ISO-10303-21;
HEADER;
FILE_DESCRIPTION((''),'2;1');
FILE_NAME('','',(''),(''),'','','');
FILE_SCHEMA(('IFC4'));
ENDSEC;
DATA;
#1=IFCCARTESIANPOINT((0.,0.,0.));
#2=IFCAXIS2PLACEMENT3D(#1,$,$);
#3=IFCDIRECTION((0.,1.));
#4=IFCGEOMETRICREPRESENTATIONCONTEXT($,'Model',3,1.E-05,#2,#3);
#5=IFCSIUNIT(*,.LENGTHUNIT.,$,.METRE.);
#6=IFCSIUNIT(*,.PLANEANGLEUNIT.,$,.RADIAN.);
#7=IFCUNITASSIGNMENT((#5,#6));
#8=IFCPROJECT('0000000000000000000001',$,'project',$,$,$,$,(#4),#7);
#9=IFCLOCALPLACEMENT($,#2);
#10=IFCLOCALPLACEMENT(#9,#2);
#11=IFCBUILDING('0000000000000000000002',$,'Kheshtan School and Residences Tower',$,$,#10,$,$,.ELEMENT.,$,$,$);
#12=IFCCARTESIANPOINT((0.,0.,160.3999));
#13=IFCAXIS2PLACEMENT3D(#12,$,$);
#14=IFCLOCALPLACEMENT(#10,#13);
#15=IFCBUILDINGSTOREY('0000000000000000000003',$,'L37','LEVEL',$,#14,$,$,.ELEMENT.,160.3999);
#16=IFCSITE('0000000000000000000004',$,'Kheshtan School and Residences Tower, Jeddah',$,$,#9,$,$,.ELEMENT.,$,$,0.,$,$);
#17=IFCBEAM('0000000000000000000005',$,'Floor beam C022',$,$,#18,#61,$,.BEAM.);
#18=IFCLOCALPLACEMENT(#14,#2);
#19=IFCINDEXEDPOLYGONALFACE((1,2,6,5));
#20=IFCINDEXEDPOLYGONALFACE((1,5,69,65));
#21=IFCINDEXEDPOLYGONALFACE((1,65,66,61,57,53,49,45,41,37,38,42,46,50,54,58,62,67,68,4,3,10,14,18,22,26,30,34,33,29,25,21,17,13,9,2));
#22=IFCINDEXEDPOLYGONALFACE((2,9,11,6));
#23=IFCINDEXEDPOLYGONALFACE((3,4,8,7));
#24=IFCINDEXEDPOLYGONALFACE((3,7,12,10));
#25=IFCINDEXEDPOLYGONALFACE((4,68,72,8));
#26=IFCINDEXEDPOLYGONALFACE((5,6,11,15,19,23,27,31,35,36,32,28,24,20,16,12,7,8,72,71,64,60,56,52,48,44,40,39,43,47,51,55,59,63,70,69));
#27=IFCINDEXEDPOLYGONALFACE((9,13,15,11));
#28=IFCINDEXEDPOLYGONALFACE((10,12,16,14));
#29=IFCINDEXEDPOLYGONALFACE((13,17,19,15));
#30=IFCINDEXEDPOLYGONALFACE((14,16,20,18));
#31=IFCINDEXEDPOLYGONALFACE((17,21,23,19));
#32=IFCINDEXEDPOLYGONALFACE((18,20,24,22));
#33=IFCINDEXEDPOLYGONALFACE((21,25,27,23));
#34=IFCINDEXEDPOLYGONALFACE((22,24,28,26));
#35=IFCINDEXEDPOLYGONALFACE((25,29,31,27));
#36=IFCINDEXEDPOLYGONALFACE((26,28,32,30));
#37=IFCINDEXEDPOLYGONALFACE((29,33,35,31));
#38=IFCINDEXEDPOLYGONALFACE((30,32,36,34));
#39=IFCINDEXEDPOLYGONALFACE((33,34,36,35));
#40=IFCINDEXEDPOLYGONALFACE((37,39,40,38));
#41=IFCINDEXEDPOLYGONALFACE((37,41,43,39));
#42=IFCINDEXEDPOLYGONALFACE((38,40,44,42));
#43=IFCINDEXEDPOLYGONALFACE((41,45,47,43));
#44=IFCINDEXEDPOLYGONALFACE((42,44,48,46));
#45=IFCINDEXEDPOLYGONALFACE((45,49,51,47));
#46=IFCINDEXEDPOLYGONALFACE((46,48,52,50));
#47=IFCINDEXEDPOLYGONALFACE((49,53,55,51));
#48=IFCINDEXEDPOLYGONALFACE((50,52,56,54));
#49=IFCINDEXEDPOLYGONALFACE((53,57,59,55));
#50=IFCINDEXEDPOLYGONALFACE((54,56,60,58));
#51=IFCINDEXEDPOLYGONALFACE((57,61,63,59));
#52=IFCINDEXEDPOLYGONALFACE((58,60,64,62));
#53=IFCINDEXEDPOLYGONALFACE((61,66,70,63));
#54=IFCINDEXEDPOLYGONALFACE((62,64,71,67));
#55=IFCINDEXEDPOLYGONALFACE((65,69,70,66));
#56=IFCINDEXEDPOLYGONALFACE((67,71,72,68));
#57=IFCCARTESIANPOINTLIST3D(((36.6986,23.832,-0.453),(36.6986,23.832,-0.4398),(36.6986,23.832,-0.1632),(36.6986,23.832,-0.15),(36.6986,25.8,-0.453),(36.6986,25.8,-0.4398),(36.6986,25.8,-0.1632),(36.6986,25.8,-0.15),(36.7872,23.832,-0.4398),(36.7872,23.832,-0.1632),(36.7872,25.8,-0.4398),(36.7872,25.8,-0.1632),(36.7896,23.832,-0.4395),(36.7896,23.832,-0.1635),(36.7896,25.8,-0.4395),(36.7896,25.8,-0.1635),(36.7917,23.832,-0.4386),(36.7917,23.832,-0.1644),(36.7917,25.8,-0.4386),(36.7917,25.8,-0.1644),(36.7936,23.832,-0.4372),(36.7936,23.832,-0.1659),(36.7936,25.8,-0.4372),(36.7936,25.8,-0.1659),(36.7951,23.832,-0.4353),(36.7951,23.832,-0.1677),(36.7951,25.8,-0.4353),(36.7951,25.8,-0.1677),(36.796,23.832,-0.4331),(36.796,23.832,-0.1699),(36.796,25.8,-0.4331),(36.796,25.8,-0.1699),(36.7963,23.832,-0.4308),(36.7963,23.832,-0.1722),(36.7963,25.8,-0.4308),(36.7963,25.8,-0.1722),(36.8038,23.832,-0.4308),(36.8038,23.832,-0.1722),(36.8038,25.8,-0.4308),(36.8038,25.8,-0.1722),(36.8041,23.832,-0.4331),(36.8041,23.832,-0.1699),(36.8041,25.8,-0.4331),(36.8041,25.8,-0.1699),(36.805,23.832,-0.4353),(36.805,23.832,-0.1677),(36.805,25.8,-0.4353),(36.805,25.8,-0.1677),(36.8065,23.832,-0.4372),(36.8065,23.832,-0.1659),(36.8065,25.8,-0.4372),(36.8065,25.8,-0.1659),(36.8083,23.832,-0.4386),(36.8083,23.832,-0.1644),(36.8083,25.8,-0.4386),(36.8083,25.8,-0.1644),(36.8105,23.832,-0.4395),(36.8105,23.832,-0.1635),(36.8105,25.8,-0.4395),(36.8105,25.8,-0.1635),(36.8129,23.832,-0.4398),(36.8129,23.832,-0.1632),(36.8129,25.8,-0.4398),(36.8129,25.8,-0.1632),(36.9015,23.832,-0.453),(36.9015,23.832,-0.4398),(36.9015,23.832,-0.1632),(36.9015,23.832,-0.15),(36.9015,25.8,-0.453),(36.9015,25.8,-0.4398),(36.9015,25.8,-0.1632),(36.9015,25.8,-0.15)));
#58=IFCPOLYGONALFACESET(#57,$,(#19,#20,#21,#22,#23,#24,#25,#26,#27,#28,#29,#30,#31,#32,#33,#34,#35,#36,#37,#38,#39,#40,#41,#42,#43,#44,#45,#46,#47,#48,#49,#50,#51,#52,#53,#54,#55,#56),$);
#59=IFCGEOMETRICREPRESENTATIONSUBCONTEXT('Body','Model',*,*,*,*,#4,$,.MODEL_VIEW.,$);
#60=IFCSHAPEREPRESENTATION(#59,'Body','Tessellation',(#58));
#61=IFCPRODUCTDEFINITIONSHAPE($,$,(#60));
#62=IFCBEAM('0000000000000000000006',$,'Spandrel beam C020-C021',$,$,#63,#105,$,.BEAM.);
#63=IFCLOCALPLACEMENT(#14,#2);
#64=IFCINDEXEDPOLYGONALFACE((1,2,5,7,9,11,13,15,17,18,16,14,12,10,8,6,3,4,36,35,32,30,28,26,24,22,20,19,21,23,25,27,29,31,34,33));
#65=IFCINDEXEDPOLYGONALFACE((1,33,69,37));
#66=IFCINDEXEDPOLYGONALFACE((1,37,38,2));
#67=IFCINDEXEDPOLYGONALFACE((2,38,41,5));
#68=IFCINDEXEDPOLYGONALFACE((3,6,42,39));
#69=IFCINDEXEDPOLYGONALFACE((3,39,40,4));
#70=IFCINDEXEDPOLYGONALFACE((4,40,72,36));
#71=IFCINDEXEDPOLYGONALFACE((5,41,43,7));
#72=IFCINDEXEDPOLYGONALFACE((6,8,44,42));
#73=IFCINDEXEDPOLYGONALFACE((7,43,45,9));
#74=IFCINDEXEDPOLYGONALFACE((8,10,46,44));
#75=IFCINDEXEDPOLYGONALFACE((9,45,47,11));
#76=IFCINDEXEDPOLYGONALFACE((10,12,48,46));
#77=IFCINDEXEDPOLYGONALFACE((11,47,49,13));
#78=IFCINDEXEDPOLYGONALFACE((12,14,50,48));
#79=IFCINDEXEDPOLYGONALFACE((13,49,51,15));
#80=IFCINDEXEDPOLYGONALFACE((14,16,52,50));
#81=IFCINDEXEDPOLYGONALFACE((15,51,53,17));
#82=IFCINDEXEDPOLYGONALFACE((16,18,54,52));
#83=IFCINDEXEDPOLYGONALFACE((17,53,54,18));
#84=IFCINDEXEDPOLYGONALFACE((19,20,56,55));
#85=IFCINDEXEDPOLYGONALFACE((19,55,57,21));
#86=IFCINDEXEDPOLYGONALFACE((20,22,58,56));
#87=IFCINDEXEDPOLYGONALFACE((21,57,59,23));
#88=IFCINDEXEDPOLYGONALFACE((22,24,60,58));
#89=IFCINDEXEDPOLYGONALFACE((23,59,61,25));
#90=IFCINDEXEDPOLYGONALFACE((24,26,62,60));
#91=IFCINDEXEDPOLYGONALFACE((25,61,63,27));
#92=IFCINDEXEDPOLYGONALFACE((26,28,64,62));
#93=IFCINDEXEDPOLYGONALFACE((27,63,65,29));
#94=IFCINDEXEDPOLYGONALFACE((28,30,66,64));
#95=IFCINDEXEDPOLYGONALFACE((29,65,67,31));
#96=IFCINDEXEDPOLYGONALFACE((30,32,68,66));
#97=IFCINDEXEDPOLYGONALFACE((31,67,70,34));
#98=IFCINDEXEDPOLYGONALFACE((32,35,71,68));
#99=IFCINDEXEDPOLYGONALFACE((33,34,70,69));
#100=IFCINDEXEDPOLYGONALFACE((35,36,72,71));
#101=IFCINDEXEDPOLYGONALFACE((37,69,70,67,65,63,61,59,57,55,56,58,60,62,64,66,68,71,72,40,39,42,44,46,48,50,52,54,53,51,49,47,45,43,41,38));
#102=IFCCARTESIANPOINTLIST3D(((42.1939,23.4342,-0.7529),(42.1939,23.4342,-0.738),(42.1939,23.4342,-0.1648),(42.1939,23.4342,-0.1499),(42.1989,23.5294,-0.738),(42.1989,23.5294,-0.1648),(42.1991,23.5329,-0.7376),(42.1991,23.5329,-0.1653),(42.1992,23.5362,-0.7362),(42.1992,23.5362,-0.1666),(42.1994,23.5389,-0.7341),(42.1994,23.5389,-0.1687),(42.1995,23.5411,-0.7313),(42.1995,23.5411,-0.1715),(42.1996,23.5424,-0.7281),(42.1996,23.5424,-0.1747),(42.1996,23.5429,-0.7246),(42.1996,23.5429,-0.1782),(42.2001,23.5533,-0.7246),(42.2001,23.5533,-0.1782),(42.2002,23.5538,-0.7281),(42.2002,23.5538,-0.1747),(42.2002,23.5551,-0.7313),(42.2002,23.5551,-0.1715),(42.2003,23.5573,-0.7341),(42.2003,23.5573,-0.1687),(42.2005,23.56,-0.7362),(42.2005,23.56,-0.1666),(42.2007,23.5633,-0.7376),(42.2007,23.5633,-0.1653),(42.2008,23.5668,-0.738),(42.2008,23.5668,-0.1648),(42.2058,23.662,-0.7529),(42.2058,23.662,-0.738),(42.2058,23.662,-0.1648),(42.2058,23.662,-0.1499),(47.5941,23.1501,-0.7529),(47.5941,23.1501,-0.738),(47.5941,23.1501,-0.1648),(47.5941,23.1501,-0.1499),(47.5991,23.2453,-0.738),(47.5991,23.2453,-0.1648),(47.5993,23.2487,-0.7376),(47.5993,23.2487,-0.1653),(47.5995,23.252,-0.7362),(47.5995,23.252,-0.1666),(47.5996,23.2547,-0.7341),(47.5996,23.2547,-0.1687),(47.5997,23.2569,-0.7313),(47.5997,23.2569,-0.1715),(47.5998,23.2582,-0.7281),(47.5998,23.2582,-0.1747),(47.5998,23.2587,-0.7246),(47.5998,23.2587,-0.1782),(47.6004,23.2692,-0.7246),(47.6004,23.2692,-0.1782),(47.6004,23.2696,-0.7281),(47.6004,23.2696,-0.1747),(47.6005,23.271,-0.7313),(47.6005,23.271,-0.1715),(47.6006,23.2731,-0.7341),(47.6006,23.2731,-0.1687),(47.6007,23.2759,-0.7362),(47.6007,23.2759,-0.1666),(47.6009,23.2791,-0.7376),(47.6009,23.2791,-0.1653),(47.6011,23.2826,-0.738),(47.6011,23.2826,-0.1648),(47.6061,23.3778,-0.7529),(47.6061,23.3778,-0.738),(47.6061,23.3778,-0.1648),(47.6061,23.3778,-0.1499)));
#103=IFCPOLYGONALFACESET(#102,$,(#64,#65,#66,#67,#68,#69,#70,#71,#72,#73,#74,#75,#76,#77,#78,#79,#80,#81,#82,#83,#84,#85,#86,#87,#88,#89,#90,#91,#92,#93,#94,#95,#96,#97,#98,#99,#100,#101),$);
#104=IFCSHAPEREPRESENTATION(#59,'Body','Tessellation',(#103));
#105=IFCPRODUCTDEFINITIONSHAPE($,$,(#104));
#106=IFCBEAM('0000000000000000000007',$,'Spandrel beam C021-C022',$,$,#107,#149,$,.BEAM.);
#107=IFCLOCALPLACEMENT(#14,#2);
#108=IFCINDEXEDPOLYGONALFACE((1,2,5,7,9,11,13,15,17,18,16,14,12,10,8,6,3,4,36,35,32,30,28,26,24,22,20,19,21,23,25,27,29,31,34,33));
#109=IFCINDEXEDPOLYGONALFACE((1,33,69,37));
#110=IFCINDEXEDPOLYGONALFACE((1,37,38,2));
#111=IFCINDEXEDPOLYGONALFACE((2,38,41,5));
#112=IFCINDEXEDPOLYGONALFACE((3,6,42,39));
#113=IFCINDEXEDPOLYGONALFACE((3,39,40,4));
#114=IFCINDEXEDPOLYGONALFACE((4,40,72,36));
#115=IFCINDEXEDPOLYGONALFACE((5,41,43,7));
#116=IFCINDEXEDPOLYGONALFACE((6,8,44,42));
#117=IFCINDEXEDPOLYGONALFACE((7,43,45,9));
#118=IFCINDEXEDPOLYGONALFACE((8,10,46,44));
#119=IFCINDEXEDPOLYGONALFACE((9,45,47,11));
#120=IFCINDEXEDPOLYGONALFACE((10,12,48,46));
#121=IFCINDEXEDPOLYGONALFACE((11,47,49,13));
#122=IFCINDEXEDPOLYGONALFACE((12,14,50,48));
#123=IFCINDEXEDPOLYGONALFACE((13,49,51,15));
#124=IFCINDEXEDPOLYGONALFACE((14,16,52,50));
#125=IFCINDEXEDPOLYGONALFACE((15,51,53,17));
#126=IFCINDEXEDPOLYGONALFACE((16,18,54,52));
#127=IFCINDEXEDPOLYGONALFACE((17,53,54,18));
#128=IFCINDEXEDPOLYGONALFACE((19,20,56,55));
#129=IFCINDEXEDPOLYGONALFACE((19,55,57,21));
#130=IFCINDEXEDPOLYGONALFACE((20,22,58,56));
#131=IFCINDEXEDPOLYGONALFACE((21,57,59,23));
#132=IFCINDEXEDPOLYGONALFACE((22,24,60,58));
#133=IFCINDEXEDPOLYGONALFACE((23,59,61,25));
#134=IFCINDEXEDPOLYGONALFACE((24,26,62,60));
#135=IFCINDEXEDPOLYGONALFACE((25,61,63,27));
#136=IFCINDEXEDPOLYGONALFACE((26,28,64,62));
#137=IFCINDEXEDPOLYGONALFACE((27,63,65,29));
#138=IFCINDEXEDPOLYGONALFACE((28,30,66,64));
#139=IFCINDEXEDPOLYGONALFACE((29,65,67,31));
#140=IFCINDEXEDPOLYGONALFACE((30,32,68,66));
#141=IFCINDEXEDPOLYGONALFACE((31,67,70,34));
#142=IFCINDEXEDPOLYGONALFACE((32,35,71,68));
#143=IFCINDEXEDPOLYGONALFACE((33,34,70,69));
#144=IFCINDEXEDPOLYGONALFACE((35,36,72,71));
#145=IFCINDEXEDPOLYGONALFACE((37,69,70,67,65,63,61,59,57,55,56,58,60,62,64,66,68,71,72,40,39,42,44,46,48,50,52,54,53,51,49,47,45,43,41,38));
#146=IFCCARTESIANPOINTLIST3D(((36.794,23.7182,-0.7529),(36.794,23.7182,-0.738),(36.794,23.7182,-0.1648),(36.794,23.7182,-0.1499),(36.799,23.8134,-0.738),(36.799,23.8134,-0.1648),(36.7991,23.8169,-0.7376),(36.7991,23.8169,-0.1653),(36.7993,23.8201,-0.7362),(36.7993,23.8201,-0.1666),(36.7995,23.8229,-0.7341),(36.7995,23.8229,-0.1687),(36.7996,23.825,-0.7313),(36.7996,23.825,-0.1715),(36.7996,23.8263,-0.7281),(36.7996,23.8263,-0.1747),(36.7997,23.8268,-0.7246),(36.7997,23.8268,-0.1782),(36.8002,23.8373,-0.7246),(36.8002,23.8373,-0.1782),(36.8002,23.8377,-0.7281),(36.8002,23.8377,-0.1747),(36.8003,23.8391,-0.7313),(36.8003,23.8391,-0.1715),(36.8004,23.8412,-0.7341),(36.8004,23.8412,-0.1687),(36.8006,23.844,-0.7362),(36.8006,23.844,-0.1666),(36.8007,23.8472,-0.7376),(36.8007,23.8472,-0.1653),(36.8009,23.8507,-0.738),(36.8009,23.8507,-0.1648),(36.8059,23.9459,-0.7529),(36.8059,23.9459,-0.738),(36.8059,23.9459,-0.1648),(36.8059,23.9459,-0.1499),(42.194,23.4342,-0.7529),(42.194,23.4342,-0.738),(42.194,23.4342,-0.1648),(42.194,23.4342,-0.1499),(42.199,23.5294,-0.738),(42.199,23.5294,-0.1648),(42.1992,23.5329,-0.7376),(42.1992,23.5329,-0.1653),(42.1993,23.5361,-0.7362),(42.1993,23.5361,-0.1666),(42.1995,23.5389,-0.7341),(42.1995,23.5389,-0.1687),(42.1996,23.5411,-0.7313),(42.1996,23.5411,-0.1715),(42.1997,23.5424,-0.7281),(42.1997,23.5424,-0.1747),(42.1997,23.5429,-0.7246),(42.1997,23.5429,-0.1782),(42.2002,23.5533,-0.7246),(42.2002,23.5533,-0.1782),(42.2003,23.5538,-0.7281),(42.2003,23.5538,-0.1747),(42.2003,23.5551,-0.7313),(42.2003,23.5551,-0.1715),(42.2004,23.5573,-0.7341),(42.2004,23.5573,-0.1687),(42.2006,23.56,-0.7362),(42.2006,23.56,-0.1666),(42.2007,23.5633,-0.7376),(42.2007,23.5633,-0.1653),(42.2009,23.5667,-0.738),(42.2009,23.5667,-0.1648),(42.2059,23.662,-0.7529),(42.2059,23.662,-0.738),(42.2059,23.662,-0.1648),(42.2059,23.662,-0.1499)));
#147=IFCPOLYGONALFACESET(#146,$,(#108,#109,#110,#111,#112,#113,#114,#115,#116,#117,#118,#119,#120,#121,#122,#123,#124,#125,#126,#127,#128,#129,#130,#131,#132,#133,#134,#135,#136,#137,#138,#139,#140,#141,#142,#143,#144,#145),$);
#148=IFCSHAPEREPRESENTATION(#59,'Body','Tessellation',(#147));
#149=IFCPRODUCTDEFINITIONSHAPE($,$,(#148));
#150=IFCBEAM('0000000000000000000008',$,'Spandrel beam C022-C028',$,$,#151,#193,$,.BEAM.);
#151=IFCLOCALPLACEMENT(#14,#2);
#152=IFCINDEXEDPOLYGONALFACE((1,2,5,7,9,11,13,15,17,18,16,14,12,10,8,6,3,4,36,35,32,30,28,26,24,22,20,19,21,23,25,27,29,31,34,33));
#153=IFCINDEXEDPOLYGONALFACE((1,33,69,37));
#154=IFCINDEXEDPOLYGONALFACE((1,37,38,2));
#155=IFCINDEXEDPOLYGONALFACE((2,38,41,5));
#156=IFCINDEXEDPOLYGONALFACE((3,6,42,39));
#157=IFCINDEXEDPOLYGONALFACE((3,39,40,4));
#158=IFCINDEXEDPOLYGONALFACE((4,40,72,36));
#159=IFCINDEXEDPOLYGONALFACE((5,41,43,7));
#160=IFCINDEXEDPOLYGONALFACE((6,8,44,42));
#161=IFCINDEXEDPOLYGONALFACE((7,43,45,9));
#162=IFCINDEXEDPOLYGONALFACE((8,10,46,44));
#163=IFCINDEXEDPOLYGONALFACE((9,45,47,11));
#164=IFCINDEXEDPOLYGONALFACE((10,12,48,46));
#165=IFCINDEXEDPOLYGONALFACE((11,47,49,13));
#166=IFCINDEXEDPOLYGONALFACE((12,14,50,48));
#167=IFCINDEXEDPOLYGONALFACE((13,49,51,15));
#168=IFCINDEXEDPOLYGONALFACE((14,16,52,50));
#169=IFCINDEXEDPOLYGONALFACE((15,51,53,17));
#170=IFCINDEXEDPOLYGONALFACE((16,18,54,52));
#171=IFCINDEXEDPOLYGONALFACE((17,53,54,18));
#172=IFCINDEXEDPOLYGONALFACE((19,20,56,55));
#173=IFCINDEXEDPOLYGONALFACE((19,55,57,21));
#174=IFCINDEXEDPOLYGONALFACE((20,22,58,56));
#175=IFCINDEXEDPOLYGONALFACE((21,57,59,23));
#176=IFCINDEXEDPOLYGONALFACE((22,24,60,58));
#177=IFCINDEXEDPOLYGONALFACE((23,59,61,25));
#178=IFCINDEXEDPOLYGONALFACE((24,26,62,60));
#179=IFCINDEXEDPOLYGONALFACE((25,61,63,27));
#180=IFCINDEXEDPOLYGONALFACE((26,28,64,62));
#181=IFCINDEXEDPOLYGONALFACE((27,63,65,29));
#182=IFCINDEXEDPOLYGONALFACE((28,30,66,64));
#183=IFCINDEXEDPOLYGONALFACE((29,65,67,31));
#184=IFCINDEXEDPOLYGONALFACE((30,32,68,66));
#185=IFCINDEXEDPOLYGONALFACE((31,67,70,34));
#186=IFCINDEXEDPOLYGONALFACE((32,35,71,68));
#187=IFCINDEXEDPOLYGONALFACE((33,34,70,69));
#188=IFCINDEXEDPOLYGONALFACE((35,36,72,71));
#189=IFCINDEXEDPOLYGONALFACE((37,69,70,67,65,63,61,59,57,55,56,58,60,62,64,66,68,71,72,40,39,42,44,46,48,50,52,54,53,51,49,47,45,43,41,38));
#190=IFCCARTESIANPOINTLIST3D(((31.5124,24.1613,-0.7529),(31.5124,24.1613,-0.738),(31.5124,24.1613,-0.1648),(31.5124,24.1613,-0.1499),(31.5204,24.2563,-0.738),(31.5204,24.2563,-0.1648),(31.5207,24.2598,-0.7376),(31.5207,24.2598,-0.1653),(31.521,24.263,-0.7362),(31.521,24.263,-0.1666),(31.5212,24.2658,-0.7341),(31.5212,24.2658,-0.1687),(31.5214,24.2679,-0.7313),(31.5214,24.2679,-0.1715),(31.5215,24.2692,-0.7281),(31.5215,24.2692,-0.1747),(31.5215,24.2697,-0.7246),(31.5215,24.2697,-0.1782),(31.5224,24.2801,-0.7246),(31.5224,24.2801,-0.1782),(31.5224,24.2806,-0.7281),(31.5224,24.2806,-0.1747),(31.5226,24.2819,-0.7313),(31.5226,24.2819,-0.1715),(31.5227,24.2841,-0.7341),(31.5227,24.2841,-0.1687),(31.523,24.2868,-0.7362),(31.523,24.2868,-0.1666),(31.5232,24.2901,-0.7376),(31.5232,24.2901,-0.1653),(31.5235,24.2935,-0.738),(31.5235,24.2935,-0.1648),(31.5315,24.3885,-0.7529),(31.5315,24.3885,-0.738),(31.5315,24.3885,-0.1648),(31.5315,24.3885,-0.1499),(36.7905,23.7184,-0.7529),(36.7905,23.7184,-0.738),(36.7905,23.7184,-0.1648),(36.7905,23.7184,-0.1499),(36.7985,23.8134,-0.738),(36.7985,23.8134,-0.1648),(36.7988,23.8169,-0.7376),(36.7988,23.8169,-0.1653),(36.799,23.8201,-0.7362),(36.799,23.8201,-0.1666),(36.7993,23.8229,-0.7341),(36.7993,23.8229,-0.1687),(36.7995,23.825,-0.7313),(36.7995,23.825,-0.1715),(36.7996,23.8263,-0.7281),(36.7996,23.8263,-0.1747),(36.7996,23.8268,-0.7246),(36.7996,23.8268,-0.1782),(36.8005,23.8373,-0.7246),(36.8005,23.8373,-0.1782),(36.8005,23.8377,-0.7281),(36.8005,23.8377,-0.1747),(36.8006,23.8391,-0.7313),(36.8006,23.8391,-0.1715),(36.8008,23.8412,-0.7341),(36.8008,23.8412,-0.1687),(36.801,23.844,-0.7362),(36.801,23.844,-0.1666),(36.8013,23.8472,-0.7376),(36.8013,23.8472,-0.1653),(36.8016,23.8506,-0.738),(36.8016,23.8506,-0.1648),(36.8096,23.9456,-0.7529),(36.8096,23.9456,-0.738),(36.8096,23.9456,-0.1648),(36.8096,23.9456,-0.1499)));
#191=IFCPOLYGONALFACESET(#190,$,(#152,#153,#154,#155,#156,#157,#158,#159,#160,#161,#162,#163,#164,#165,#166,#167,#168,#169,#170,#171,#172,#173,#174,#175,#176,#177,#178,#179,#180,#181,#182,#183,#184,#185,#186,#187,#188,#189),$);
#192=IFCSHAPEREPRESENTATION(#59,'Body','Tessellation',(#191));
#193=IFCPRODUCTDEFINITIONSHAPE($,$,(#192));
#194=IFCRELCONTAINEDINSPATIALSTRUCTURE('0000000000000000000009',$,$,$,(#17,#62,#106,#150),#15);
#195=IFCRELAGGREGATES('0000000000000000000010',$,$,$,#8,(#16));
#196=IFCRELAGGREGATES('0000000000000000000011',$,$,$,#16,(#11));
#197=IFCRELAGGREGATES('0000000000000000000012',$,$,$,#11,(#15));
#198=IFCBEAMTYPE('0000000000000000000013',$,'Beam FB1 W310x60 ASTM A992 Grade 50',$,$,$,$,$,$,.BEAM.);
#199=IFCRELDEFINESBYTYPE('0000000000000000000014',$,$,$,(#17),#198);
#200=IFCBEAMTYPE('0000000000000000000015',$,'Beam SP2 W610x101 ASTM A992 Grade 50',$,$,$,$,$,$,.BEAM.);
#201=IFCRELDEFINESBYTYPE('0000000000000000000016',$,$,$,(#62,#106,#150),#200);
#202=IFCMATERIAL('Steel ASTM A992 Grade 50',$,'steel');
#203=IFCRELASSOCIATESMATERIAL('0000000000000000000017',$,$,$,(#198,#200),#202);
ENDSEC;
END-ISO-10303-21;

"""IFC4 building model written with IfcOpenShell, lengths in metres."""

from ifc_helpers import new_model, si_unit, direction, frame, origin, origin_2d, place, context, subcontext, project, spatial, i_section, extrude, material, material_profile, profile_set, type_object, element, save


model = new_model("IFC4")

# Units and contexts
model_context = context("Model", 3, precision=1e-05, world=origin(), true_north=direction((0.0, 1.0)))
body_context = subcontext(model_context, "Body", "Model", "MODEL_VIEW")
ifc_project = project(units=[si_unit("LENGTHUNIT", "METRE"), si_unit("PLANEANGLEUNIT", "RADIAN")], contexts=[model_context])

# Site, building, storey
site_placement = place(None, origin())
site = spatial("IfcSite", under=ifc_project, at=site_placement, Name="Kheshtan School and Residences Tower, Jeddah", CompositionType="ELEMENT", RefElevation=0.0)
building_placement = place(site_placement, origin())
building = spatial("IfcBuilding", under=site, at=building_placement, Name="Kheshtan School and Residences Tower", CompositionType="ELEMENT")
storey_placement = place(building_placement, frame((0.0, 0.0, 160.3999)))
storey = spatial("IfcBuildingStorey", under=building, at=storey_placement, Name="L37", Description="LEVEL", CompositionType="ELEMENT", Elevation=160.3999)

# Shared definitions
ifc_material_1 = material(Name="Steel ASTM A992 Grade 50", Category="steel")

# Beams
ifc_material_profile_1 = material_profile(ifc_material_1, i_section(OverallWidth=0.2029, OverallDepth=0.303, WebThickness=0.0076, FlangeThickness=0.0132, FilletRadius=0.009, at=origin_2d()), Name="W310x60")
ifc_profile_set_1 = profile_set([ifc_material_profile_1], Name="Steel ASTM A992 Grade 50")
beam_type_1 = type_object("IfcBeamType", Name="Beam FB1 W310x60 ASTM A992 Grade 50", PredefinedType="BEAM", material=ifc_profile_set_1)
beam_1_placement = place(storey_placement, frame((36.8, 23.832, -0.3015), z_axis=(0.0, 1.0, 0.0), x_axis=(-1.0, 0.0, 0.0)))
element("IfcBeam", 1, at=beam_1_placement, inside=storey, type_object=beam_type_1, Name="Floor beam C022", PredefinedType="BEAM", context=body_context, shape_type="SweptSolid", body=[
    extrude(i_section(OverallWidth=0.2029, OverallDepth=0.303, WebThickness=0.0076, FlangeThickness=0.0132, FilletRadius=0.009, at=origin_2d()), origin(), (0.0, 0.0, 1.0), 1.968),
])
ifc_material_profile_2 = material_profile(ifc_material_1, i_section(OverallWidth=0.228, OverallDepth=0.603, WebThickness=0.0105, FlangeThickness=0.0149, FilletRadius=0.0134, at=origin_2d()), Name="W610x101")
ifc_profile_set_2 = profile_set([ifc_material_profile_2], Name="Steel ASTM A992 Grade 50")
beam_type_2 = type_object("IfcBeamType", Name="Beam SP2 W610x101 ASTM A992 Grade 50", PredefinedType="BEAM", material=ifc_profile_set_2)
beam_2_placement = place(storey_placement, frame((47.6001, 23.2639, -0.4514), z_axis=(-0.998618, 0.052552, 0.0), x_axis=(-0.052552, -0.998618, 0.0)))
element("IfcBeam", 2, at=beam_2_placement, inside=storey, type_object=beam_type_2, Name="Spandrel beam C020-C021", PredefinedType="BEAM", context=body_context, shape_type="SweptSolid", body=[
    extrude(i_section(OverallWidth=0.228, OverallDepth=0.603, WebThickness=0.0105, FlangeThickness=0.0149, FilletRadius=0.0134, at=origin_2d()), origin(), (0.0, 0.0, 1.0), 5.4077),
])
beam_3_placement = place(storey_placement, frame((42.2, 23.5481, -0.4514), z_axis=(-0.99862, 0.052509, 0.0), x_axis=(-0.052509, -0.99862, 0.0)))
element("IfcBeam", 3, at=beam_3_placement, inside=storey, type_object=beam_type_2, Name="Spandrel beam C021-C022", PredefinedType="BEAM", context=body_context, shape_type="SweptSolid", body=[
    extrude(i_section(OverallWidth=0.228, OverallDepth=0.603, WebThickness=0.0105, FlangeThickness=0.0149, FilletRadius=0.0134, at=origin_2d()), origin(), (0.0, 0.0, 1.0), 5.4075),
])
beam_4_placement = place(storey_placement, frame((36.8, 23.832, -0.4514), z_axis=(-0.996498, 0.083614, 0.0), x_axis=(-0.083614, -0.996498, 0.0)))
element("IfcBeam", 4, at=beam_4_placement, inside=storey, type_object=beam_type_2, Name="Spandrel beam C022-C028", PredefinedType="BEAM", context=body_context, shape_type="SweptSolid", body=[
    extrude(i_section(OverallWidth=0.228, OverallDepth=0.603, WebThickness=0.0105, FlangeThickness=0.0149, FilletRadius=0.0134, at=origin_2d()), origin(), (0.0, 0.0, 1.0), 5.2966),
])

save(model, "model.ifc")
